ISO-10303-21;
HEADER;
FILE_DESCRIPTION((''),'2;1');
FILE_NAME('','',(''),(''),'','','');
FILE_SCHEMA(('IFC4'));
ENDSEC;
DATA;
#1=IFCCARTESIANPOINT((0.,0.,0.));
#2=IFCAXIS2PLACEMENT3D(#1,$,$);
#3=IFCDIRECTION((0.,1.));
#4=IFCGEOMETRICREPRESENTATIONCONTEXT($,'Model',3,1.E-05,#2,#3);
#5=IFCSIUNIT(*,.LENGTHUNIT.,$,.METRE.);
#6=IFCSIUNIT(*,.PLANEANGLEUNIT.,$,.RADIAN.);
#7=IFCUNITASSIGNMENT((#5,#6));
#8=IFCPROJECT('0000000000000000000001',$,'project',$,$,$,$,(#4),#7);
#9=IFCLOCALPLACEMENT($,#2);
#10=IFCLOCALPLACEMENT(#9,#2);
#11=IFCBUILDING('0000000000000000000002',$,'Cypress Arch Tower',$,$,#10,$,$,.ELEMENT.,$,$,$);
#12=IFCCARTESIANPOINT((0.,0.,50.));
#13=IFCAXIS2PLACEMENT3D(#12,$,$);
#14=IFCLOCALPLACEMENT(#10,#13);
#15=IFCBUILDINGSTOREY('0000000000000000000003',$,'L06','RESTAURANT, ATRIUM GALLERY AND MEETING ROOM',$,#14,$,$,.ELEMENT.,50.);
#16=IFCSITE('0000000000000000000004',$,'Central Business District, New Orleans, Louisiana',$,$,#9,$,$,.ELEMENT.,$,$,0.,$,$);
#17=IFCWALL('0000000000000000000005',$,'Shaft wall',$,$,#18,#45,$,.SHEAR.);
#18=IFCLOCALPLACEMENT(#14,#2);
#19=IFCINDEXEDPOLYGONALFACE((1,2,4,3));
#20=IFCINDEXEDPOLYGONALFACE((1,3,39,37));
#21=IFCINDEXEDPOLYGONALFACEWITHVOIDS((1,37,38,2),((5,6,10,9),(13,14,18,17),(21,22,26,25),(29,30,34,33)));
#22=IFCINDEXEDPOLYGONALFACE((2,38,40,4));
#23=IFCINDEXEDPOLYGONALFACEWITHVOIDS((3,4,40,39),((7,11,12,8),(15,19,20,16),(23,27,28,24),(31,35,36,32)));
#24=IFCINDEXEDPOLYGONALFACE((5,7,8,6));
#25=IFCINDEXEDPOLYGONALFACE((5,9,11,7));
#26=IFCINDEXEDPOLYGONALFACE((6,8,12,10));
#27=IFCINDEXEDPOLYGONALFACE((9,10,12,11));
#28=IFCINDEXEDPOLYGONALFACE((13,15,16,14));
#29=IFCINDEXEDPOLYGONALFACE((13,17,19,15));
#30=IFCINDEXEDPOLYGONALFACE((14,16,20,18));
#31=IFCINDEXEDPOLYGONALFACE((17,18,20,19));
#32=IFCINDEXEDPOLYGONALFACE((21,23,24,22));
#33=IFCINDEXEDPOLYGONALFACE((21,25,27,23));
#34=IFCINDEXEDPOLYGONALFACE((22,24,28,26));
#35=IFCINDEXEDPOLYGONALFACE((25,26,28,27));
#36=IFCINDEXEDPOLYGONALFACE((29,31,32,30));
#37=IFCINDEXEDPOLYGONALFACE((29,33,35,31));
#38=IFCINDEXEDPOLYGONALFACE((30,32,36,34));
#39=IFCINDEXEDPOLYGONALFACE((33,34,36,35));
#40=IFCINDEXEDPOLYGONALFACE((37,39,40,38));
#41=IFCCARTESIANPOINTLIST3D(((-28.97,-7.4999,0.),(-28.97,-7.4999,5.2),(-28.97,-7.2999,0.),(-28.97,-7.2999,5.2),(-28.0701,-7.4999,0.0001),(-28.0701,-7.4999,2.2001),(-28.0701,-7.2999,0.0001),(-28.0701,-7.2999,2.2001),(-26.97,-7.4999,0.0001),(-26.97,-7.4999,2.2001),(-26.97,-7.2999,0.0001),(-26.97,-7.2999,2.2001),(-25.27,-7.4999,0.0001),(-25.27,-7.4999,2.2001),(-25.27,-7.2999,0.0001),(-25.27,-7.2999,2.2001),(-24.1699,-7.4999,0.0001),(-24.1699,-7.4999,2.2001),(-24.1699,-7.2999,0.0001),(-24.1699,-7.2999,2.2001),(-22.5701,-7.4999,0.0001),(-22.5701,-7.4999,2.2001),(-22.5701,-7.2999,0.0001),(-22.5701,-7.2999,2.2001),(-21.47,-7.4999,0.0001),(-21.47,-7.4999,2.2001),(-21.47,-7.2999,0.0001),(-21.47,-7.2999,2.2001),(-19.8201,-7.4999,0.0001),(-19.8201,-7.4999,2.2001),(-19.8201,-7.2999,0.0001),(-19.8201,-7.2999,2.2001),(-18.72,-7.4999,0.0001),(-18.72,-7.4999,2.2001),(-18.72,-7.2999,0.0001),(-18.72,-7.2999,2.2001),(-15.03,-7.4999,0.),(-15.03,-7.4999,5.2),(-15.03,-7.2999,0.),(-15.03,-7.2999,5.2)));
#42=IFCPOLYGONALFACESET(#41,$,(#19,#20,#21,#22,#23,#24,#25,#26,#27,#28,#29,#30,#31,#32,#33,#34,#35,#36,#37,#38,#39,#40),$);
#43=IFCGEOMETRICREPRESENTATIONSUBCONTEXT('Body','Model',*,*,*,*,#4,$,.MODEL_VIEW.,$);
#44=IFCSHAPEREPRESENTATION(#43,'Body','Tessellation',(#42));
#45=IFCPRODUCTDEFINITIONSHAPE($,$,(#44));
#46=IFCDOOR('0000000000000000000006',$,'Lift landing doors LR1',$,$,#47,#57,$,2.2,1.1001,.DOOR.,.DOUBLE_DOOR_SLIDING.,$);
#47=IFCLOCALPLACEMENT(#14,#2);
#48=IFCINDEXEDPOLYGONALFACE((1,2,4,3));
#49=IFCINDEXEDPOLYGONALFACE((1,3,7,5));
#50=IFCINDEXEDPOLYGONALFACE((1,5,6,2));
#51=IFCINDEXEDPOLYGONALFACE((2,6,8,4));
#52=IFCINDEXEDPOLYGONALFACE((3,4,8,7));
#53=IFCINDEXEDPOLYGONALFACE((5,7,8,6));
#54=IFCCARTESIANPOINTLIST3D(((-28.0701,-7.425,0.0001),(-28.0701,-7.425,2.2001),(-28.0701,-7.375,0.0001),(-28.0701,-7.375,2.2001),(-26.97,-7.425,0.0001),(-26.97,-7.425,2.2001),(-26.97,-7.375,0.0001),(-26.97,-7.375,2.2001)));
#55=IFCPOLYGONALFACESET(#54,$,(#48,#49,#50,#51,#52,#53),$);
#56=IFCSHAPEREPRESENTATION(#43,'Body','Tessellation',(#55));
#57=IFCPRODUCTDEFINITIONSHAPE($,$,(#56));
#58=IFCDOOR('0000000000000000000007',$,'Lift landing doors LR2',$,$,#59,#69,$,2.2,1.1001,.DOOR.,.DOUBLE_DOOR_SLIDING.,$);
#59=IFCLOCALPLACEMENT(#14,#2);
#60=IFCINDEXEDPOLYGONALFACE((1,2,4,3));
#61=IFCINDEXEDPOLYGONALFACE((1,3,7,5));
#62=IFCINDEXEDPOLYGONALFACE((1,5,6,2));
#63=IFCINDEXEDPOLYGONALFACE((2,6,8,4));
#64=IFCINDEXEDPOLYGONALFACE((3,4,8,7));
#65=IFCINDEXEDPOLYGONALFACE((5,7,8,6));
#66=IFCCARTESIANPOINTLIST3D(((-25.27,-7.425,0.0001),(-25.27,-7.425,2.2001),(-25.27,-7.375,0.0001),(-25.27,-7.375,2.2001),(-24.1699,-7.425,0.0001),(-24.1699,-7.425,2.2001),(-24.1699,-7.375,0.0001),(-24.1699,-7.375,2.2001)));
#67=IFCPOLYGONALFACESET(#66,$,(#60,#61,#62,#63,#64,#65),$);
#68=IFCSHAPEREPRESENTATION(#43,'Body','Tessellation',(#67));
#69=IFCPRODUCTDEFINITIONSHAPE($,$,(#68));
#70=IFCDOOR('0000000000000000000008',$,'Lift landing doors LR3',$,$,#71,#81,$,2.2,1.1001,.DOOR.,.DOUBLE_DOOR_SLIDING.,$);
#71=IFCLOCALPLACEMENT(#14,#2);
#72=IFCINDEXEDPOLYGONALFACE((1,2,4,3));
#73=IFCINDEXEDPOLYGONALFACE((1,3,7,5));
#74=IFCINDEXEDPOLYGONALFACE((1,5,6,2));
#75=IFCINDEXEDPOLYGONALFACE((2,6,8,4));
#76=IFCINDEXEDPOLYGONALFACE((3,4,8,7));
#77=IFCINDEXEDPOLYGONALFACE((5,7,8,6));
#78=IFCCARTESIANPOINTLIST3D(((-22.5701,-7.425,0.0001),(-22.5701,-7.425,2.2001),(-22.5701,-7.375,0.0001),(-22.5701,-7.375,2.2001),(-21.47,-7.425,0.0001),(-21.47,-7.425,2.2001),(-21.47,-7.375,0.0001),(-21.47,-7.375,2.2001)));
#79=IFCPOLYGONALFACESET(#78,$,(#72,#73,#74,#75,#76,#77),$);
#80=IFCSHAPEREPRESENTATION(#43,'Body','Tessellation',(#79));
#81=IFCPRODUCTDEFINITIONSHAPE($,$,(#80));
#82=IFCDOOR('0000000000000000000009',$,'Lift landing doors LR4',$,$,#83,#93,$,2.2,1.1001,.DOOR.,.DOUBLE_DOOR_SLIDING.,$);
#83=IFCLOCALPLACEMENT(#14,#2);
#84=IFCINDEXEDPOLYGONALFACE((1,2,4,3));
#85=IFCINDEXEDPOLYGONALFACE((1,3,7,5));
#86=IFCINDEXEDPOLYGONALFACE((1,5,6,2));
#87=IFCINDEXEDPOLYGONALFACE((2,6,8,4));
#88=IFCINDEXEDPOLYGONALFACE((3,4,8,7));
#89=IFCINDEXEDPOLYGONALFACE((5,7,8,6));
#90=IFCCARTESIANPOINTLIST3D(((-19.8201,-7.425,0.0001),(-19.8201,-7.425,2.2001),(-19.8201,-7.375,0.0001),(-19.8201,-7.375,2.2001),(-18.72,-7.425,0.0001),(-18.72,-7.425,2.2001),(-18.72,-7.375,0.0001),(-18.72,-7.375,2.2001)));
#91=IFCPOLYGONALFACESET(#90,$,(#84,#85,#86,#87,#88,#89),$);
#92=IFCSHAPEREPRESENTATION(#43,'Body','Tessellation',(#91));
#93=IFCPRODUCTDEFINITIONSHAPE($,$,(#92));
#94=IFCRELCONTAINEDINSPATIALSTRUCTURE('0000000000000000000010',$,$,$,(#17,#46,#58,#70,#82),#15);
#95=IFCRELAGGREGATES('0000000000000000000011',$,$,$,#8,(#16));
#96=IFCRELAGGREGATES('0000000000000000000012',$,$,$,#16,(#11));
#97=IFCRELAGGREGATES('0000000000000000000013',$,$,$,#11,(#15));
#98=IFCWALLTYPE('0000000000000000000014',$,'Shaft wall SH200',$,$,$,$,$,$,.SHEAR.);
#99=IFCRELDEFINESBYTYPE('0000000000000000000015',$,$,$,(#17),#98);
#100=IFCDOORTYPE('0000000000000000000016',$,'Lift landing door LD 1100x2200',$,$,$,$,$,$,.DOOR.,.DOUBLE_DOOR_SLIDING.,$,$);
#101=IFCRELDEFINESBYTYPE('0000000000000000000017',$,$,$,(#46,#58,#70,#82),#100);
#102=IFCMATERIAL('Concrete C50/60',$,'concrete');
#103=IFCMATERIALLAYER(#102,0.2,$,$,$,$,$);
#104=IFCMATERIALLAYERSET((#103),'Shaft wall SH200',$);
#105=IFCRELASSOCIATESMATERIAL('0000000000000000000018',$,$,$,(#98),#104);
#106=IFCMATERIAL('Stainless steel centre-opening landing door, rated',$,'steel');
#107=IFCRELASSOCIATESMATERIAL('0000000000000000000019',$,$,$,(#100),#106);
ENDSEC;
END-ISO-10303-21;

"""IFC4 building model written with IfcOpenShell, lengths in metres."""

from ifc_helpers import new_model, si_unit, direction, frame, frame_2d, origin, place, context, subcontext, project, spatial, rectangle, extrude, material, layer, layer_set, type_object, element, fill, save


model = new_model("IFC4")

# Units and contexts
model_context = context("Model", 3, precision=1e-05, world=origin(), true_north=direction((0.0, 1.0)))
body_context = subcontext(model_context, "Body", "Model", "MODEL_VIEW")
ifc_project = project(units=[si_unit("LENGTHUNIT", "METRE"), si_unit("PLANEANGLEUNIT", "RADIAN")], contexts=[model_context])

# Site, building, storey
site_placement = place(None, origin())
site = spatial("IfcSite", under=ifc_project, at=site_placement, Name="Central Business District, New Orleans, Louisiana", CompositionType="ELEMENT", RefElevation=0.0)
building_placement = place(site_placement, origin())
building = spatial("IfcBuilding", under=site, at=building_placement, Name="Cypress Arch Tower", CompositionType="ELEMENT")
storey_placement = place(building_placement, frame((0.0, 0.0, 50.0)))
storey = spatial("IfcBuildingStorey", under=building, at=storey_placement, Name="L06", Description="RESTAURANT, ATRIUM GALLERY AND MEETING ROOM", CompositionType="ELEMENT", Elevation=50.0)

# Wall, openings, doors
ifc_material_1 = material(Name="Concrete C50/60", Category="concrete")
ifc_layer_1 = layer(ifc_material_1, 0.2)
ifc_layer_set_1 = layer_set([ifc_layer_1], Name="Shaft wall SH200")
wall_type = type_object("IfcWallType", Name="Shaft wall SH200", PredefinedType="SHEAR", material=ifc_layer_set_1)
wall_1_placement = place(storey_placement, frame((-28.97, -7.3999, 0.0), z_axis=(0.0, 0.0, 1.0), x_axis=(1.0, 0.0, 0.0)))
wall_1 = element("IfcWall", 1, at=wall_1_placement, inside=storey, type_object=wall_type, Name="Shaft wall", PredefinedType="SHEAR", context=body_context, shape_type="SweptSolid", body=[
    extrude(rectangle(XDim=13.9399, YDim=0.2, at=frame_2d((6.97, 0.0))), origin(), (0.0, 0.0, 1.0), 5.2),
])
opening_1_placement = place(wall_1_placement, frame((0.8999, 0.0, 0.0)))
opening_1 = element("IfcOpeningElement", 2, at=opening_1_placement, cuts=wall_1, PredefinedType="OPENING", context=body_context, shape_type="SweptSolid", body=[
    extrude(rectangle(XDim=1.1001, YDim=2.2, at=frame_2d((0.55, 1.1001))), frame((0.0, 0.1099, 0.0), z_axis=(0.0, -1.0, 0.0), x_axis=(1.0, 0.0, 0.0)), (0.0, 0.0, 1.0), 0.22),
])
opening_2_placement = place(wall_1_placement, frame((3.7, 0.0, 0.0)))
opening_2 = element("IfcOpeningElement", 3, at=opening_2_placement, cuts=wall_1, PredefinedType="OPENING", context=body_context, shape_type="SweptSolid", body=[
    extrude(rectangle(XDim=1.1001, YDim=2.2, at=frame_2d((0.55, 1.1001))), frame((0.0, 0.1099, 0.0), z_axis=(0.0, -1.0, 0.0), x_axis=(1.0, 0.0, 0.0)), (0.0, 0.0, 1.0), 0.22),
])
opening_3_placement = place(wall_1_placement, frame((6.3999, 0.0, 0.0)))
opening_3 = element("IfcOpeningElement", 4, at=opening_3_placement, cuts=wall_1, PredefinedType="OPENING", context=body_context, shape_type="SweptSolid", body=[
    extrude(rectangle(XDim=1.1001, YDim=2.2, at=frame_2d((0.55, 1.1001))), frame((0.0, 0.1099, 0.0), z_axis=(0.0, -1.0, 0.0), x_axis=(1.0, 0.0, 0.0)), (0.0, 0.0, 1.0), 0.22),
])
opening_4_placement = place(wall_1_placement, frame((9.1499, 0.0, 0.0)))
opening_4 = element("IfcOpeningElement", 5, at=opening_4_placement, cuts=wall_1, PredefinedType="OPENING", context=body_context, shape_type="SweptSolid", body=[
    extrude(rectangle(XDim=1.1001, YDim=2.2, at=frame_2d((0.55, 1.1001))), frame((0.0, 0.1099, 0.0), z_axis=(0.0, -1.0, 0.0), x_axis=(1.0, 0.0, 0.0)), (0.0, 0.0, 1.0), 0.22),
])
ifc_material_2 = material(Name="Stainless steel centre-opening landing door, rated", Category="steel")
door_type = type_object("IfcDoorType", Name="Lift landing door LD 1100x2200", OperationType="DOUBLE_DOOR_SLIDING", PredefinedType="DOOR", material=ifc_material_2)
door_1_placement = place(opening_1_placement, origin())
door_1 = element("IfcDoor", 6, at=door_1_placement, inside=storey, type_object=door_type, Name="Lift landing doors LR1", OperationType="DOUBLE_DOOR_SLIDING", OverallHeight=2.2, OverallWidth=1.1001, PredefinedType="DOOR", context=body_context, shape_type="SweptSolid", body=[
    extrude(rectangle(XDim=1.1001, YDim=2.2, at=frame_2d((0.55, 1.1001))), frame((0.0, 0.0249, 0.0), z_axis=(0.0, -1.0, 0.0), x_axis=(1.0, 0.0, 0.0)), (0.0, 0.0, 1.0), 0.05),
])
fill(opening_1, door_1)
door_2_placement = place(opening_2_placement, origin())
door_2 = element("IfcDoor", 7, at=door_2_placement, inside=storey, type_object=door_type, Name="Lift landing doors LR2", OperationType="DOUBLE_DOOR_SLIDING", OverallHeight=2.2, OverallWidth=1.1001, PredefinedType="DOOR", context=body_context, shape_type="SweptSolid", body=[
    extrude(rectangle(XDim=1.1001, YDim=2.2, at=frame_2d((0.55, 1.1001))), frame((0.0, 0.0249, 0.0), z_axis=(0.0, -1.0, 0.0), x_axis=(1.0, 0.0, 0.0)), (0.0, 0.0, 1.0), 0.05),
])
fill(opening_2, door_2)
door_3_placement = place(opening_3_placement, origin())
door_3 = element("IfcDoor", 8, at=door_3_placement, inside=storey, type_object=door_type, Name="Lift landing doors LR3", OperationType="DOUBLE_DOOR_SLIDING", OverallHeight=2.2, OverallWidth=1.1001, PredefinedType="DOOR", context=body_context, shape_type="SweptSolid", body=[
    extrude(rectangle(XDim=1.1001, YDim=2.2, at=frame_2d((0.55, 1.1001))), frame((0.0, 0.0249, 0.0), z_axis=(0.0, -1.0, 0.0), x_axis=(1.0, 0.0, 0.0)), (0.0, 0.0, 1.0), 0.05),
])
fill(opening_3, door_3)
door_4_placement = place(opening_4_placement, origin())
door_4 = element("IfcDoor", 9, at=door_4_placement, inside=storey, type_object=door_type, Name="Lift landing doors LR4", OperationType="DOUBLE_DOOR_SLIDING", OverallHeight=2.2, OverallWidth=1.1001, PredefinedType="DOOR", context=body_context, shape_type="SweptSolid", body=[
    extrude(rectangle(XDim=1.1001, YDim=2.2, at=frame_2d((0.55, 1.1001))), frame((0.0, 0.0249, 0.0), z_axis=(0.0, -1.0, 0.0), x_axis=(1.0, 0.0, 0.0)), (0.0, 0.0, 1.0), 0.05),
])
fill(opening_4, door_4)

save(model, "model.ifc")
